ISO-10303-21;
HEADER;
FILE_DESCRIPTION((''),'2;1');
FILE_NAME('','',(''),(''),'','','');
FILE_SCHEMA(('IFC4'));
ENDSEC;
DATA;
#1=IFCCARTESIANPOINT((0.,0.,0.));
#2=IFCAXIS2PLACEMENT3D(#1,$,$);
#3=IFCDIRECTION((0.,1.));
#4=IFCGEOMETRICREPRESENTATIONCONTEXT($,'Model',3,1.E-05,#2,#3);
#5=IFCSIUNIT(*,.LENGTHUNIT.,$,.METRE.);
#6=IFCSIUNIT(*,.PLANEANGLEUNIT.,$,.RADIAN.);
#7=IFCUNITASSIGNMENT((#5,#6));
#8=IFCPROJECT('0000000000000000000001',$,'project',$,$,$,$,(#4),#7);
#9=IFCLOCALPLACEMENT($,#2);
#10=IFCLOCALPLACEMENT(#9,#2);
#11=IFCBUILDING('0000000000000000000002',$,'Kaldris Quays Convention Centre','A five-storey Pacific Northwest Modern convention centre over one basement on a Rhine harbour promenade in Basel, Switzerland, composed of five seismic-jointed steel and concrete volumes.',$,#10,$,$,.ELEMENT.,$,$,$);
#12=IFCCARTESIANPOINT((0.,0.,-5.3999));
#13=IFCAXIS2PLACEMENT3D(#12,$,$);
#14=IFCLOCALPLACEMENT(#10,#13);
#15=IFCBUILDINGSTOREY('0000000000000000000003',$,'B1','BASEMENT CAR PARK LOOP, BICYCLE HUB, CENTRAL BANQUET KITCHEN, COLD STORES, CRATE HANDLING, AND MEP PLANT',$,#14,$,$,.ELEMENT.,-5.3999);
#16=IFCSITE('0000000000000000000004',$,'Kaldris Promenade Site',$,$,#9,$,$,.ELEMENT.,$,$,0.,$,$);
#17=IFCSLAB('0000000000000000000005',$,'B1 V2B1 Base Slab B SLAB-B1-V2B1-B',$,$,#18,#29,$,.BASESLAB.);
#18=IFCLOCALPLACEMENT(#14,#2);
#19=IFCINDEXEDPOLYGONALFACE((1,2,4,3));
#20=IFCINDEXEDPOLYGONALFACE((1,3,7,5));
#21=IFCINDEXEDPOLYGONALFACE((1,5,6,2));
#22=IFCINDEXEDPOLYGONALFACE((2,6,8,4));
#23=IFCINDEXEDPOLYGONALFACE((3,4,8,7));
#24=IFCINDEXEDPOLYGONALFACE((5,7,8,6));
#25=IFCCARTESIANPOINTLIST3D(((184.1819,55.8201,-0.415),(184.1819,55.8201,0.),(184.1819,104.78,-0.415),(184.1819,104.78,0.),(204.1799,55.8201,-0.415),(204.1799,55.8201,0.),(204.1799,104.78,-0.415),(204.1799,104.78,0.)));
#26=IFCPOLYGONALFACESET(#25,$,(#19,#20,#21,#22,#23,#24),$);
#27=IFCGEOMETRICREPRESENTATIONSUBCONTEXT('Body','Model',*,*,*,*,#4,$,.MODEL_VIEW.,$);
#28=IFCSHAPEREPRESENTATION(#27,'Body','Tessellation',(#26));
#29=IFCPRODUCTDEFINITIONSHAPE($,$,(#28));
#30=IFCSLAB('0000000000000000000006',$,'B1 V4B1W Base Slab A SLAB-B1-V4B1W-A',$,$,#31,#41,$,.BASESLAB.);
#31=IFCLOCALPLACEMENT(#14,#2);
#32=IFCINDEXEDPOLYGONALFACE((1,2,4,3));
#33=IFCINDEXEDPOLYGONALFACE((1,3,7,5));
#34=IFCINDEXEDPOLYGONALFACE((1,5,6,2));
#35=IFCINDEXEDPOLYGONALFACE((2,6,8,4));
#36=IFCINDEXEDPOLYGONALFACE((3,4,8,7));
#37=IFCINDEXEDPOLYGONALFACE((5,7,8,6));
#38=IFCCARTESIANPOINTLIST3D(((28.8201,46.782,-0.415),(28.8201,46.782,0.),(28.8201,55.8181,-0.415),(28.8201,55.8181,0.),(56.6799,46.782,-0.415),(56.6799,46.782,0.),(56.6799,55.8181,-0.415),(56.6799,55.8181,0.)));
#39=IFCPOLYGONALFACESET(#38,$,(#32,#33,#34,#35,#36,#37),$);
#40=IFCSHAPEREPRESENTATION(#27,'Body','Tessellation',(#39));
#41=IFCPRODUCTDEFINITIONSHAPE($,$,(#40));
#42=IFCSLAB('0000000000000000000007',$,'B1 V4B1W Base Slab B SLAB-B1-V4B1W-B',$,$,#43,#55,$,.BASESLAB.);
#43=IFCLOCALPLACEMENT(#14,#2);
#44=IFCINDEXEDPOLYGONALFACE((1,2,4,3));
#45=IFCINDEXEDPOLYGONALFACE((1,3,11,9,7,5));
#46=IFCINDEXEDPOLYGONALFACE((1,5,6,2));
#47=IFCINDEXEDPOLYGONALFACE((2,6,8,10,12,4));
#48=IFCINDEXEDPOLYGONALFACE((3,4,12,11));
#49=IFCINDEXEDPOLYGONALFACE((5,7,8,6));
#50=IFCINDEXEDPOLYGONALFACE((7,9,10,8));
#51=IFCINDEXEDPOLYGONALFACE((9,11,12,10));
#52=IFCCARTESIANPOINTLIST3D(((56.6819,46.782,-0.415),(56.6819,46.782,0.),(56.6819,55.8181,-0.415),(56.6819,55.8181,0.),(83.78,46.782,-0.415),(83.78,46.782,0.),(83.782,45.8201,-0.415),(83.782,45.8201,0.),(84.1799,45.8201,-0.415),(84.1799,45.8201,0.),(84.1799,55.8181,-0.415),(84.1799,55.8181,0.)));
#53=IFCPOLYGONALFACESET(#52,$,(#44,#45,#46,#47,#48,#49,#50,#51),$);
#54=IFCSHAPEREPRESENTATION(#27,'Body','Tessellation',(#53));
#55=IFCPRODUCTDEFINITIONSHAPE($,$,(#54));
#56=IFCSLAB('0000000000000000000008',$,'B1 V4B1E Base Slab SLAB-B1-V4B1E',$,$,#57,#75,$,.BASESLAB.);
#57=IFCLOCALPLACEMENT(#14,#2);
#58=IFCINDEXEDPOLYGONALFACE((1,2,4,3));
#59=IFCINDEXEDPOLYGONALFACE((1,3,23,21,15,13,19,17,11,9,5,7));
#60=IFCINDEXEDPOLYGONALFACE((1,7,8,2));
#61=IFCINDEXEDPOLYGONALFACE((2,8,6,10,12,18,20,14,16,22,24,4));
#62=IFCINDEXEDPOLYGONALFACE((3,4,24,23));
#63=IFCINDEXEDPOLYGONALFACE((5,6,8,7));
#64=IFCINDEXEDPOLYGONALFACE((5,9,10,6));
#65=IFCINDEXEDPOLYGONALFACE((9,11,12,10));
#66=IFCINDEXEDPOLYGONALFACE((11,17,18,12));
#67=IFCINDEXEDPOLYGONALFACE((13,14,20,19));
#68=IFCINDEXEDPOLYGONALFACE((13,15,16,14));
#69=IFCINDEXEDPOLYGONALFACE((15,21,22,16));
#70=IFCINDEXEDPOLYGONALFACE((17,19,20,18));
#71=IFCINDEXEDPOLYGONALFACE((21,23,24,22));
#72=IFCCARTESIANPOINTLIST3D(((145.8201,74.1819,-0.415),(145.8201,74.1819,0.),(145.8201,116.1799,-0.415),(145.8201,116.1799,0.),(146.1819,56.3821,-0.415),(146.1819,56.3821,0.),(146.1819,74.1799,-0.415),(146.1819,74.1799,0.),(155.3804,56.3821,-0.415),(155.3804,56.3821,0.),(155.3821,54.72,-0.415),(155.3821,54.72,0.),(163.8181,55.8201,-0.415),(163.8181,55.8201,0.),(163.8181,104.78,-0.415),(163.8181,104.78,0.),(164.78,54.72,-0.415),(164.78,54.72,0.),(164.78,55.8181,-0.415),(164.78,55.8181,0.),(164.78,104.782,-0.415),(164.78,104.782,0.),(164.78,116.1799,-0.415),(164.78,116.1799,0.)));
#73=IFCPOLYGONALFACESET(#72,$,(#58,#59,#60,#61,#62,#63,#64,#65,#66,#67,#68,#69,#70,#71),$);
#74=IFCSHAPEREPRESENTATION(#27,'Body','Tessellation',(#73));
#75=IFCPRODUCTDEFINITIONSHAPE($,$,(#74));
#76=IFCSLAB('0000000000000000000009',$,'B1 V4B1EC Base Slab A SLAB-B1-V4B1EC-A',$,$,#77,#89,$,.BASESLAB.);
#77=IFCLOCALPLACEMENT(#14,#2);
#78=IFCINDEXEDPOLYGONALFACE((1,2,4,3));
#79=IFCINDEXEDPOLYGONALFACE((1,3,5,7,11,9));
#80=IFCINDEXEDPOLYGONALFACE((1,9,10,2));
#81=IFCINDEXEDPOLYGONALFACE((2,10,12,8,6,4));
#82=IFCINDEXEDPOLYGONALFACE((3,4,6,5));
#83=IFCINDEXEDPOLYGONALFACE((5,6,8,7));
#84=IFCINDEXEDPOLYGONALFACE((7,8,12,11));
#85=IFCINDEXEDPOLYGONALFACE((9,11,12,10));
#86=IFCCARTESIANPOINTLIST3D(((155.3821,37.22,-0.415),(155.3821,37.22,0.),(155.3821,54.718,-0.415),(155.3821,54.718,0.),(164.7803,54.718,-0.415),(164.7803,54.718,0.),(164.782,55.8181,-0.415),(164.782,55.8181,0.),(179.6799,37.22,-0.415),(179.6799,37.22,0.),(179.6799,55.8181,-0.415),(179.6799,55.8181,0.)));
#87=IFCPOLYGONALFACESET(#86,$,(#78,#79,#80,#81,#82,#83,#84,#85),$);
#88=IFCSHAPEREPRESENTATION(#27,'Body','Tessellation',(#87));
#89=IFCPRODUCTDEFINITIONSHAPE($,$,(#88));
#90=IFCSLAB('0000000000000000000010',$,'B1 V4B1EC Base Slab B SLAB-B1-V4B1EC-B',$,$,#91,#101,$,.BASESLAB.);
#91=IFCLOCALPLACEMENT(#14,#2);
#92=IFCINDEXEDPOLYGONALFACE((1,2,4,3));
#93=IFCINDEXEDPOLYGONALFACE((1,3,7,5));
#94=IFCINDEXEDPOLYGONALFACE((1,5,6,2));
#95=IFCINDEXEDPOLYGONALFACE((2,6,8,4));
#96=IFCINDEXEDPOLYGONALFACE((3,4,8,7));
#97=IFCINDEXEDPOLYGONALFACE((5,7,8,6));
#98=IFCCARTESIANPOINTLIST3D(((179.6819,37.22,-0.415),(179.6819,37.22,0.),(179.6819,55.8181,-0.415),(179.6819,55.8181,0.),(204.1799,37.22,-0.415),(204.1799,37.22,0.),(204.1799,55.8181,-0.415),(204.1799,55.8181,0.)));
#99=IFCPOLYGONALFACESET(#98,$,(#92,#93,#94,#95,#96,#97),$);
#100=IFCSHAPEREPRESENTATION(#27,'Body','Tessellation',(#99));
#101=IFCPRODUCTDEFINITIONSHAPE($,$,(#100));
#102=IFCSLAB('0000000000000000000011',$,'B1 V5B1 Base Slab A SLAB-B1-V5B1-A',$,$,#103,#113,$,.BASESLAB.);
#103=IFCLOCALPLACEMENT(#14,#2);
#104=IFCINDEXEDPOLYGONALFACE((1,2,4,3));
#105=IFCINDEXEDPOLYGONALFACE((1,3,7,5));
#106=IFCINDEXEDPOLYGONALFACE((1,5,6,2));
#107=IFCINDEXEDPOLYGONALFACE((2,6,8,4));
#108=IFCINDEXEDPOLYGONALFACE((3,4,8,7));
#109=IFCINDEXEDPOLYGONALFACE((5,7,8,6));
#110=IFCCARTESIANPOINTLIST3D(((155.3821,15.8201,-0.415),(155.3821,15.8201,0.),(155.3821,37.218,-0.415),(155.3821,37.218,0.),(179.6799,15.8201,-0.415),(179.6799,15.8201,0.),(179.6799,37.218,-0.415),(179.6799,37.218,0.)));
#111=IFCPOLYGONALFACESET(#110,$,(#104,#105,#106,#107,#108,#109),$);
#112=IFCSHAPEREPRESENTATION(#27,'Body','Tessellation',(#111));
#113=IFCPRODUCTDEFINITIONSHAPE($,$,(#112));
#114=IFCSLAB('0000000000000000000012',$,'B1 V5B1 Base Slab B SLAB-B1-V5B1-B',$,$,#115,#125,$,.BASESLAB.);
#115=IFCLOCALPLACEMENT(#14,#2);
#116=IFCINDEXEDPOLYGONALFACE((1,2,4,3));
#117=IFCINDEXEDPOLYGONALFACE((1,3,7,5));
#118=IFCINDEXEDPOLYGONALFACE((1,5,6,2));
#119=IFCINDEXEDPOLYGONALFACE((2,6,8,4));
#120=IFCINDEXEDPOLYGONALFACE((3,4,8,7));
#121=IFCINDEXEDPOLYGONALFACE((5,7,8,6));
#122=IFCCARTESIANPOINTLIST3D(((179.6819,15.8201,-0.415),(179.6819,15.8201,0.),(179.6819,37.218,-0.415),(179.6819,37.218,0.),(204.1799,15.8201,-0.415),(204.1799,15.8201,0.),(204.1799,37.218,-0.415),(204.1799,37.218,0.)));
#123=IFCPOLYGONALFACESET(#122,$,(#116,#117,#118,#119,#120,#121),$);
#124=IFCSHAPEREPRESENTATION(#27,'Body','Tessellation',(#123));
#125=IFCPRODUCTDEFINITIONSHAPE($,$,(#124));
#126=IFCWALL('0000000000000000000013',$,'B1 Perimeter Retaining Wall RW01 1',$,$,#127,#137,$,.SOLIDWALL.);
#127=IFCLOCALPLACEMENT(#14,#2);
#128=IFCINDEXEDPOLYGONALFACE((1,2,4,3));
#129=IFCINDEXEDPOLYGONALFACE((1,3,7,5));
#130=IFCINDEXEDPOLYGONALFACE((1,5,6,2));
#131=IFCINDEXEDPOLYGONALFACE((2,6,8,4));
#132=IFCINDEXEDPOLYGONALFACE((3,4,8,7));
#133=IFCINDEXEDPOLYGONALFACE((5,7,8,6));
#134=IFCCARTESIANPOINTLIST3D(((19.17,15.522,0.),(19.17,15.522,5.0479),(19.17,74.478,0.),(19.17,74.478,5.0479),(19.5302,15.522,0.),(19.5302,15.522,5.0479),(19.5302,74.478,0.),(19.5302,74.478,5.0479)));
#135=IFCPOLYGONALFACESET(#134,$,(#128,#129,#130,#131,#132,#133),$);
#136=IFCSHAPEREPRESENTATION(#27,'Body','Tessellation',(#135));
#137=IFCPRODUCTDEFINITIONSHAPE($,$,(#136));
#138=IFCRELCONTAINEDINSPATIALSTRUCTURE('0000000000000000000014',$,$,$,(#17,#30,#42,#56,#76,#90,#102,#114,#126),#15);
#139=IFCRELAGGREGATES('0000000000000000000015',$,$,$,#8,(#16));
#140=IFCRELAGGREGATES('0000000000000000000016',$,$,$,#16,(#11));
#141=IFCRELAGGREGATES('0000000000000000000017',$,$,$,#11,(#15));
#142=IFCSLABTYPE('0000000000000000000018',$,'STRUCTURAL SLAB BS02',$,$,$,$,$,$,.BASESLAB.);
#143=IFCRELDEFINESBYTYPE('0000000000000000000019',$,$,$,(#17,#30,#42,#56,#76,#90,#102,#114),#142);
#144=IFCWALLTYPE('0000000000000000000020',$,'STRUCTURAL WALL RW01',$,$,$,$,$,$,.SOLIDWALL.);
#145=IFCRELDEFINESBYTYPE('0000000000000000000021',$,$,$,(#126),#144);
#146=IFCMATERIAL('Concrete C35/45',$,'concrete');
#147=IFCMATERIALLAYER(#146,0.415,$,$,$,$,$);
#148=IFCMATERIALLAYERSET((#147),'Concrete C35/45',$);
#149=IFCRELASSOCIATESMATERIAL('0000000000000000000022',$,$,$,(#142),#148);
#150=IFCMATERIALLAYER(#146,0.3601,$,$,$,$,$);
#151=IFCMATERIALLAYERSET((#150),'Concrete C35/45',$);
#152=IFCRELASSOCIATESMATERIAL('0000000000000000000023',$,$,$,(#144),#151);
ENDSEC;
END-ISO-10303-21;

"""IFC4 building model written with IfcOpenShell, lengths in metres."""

from ifc_helpers import new_model, si_unit, direction, frame, frame_2d, origin, place, context, subcontext, project, spatial, polyline, rectangle, outline, extrude, material, layer, layer_set, type_object, element, save


model = new_model("IFC4")

# Units and contexts
model_context = context("Model", 3, precision=1e-05, world=origin(), true_north=direction((0.0, 1.0)))
body_context = subcontext(model_context, "Body", "Model", "MODEL_VIEW")
ifc_project = project(units=[si_unit("LENGTHUNIT", "METRE"), si_unit("PLANEANGLEUNIT", "RADIAN")], contexts=[model_context])

# Site, building, storey
site_placement = place(None, origin())
site = spatial("IfcSite", under=ifc_project, at=site_placement, Name="Kaldris Promenade Site", CompositionType="ELEMENT", RefElevation=0.0)
building_placement = place(site_placement, origin())
building = spatial("IfcBuilding", under=site, at=building_placement, Name="Kaldris Quays Convention Centre", Description="A five-storey Pacific Northwest Modern convention centre over one basement on a Rhine harbour promenade in Basel, Switzerland, composed of five seismic-jointed steel and concrete volumes.", CompositionType="ELEMENT")
storey_placement = place(building_placement, frame((0.0, 0.0, -5.3999)))
storey = spatial("IfcBuildingStorey", under=building, at=storey_placement, Name="B1", Description="BASEMENT CAR PARK LOOP, BICYCLE HUB, CENTRAL BANQUET KITCHEN, COLD STORES, CRATE HANDLING, AND MEP PLANT", CompositionType="ELEMENT", Elevation=-5.3999)

# Shared definitions
ifc_material = material(Name="Concrete C35/45", Category="concrete")

# Slabs
ifc_layer_1 = layer(ifc_material, 0.415)
ifc_layer_set_1 = layer_set([ifc_layer_1], Name="Concrete C35/45")
slab_type_1 = type_object("IfcSlabType", Name="STRUCTURAL SLAB BS02", PredefinedType="BASESLAB", material=ifc_layer_set_1)
slab_1_placement = place(storey_placement, frame((0.0, 0.0, -0.415)))
element("IfcSlab", 1, at=slab_1_placement, inside=storey, type_object=slab_type_1, Name="B1 V2B1 Base Slab B SLAB-B1-V2B1-B", PredefinedType="BASESLAB", context=body_context, shape_type="SweptSolid", body=[
    extrude(outline(polyline([(204.1799, 104.78), (204.1799, 55.8201), (184.1819, 55.8201), (184.1819, 104.78), (204.1799, 104.78)])), origin(), (0.0, 0.0, 1.0), 0.415),
])
slab_2_placement = place(storey_placement, frame((0.0, 0.0, -0.415)))
element("IfcSlab", 2, at=slab_2_placement, inside=storey, type_object=slab_type_1, Name="B1 V4B1W Base Slab A SLAB-B1-V4B1W-A", PredefinedType="BASESLAB", context=body_context, shape_type="SweptSolid", body=[
    extrude(outline(polyline([(56.6799, 46.782), (28.8201, 46.782), (28.8201, 55.8181), (56.6799, 55.8181), (56.6799, 46.782)])), origin(), (0.0, 0.0, 1.0), 0.415),
])
slab_3_placement = place(storey_placement, frame((0.0, 0.0, -0.415)))
element("IfcSlab", 3, at=slab_3_placement, inside=storey, type_object=slab_type_1, Name="B1 V4B1W Base Slab B SLAB-B1-V4B1W-B", PredefinedType="BASESLAB", context=body_context, shape_type="SweptSolid", body=[
    extrude(outline(polyline([(84.1799, 45.8201), (83.782, 45.8201), (83.78, 46.782), (56.6819, 46.782), (56.6819, 55.8181), (84.1799, 55.8181), (84.1799, 45.8201)])), origin(), (0.0, 0.0, 1.0), 0.415),
])
slab_4_placement = place(storey_placement, frame((0.0, 0.0, -0.415)))
element("IfcSlab", 4, at=slab_4_placement, inside=storey, type_object=slab_type_1, Name="B1 V4B1E Base Slab SLAB-B1-V4B1E", PredefinedType="BASESLAB", context=body_context, shape_type="SweptSolid", body=[
    extrude(outline(polyline([(164.78, 54.72), (155.3821, 54.72), (155.3804, 56.3821), (146.1819, 56.3821), (146.1819, 74.1799), (145.8201, 74.1819), (145.8201, 116.1799), (164.78, 116.1799), (164.78, 104.782), (163.8181, 104.78), (163.8181, 55.8201), (164.78, 55.8181), (164.78, 54.72)])), origin(), (0.0, 0.0, 1.0), 0.415),
])
slab_5_placement = place(storey_placement, frame((0.0, 0.0, -0.415)))
element("IfcSlab", 5, at=slab_5_placement, inside=storey, type_object=slab_type_1, Name="B1 V4B1EC Base Slab A SLAB-B1-V4B1EC-A", PredefinedType="BASESLAB", context=body_context, shape_type="SweptSolid", body=[
    extrude(outline(polyline([(179.6799, 37.22), (155.3821, 37.22), (155.3821, 54.718), (164.7803, 54.718), (164.782, 55.8181), (179.6799, 55.8181), (179.6799, 37.22)])), origin(), (0.0, 0.0, 1.0), 0.415),
])
slab_6_placement = place(storey_placement, frame((0.0, 0.0, -0.415)))
element("IfcSlab", 6, at=slab_6_placement, inside=storey, type_object=slab_type_1, Name="B1 V4B1EC Base Slab B SLAB-B1-V4B1EC-B", PredefinedType="BASESLAB", context=body_context, shape_type="SweptSolid", body=[
    extrude(outline(polyline([(204.1799, 37.22), (179.6819, 37.22), (179.6819, 55.8181), (204.1799, 55.8181), (204.1799, 37.22)])), origin(), (0.0, 0.0, 1.0), 0.415),
])
slab_7_placement = place(storey_placement, frame((0.0, 0.0, -0.415)))
element("IfcSlab", 7, at=slab_7_placement, inside=storey, type_object=slab_type_1, Name="B1 V5B1 Base Slab A SLAB-B1-V5B1-A", PredefinedType="BASESLAB", context=body_context, shape_type="SweptSolid", body=[
    extrude(outline(polyline([(179.6799, 15.8201), (155.3821, 15.8201), (155.3821, 37.218), (179.6799, 37.218), (179.6799, 15.8201)])), origin(), (0.0, 0.0, 1.0), 0.415),
])
slab_8_placement = place(storey_placement, frame((0.0, 0.0, -0.415)))
element("IfcSlab", 8, at=slab_8_placement, inside=storey, type_object=slab_type_1, Name="B1 V5B1 Base Slab B SLAB-B1-V5B1-B", PredefinedType="BASESLAB", context=body_context, shape_type="SweptSolid", body=[
    extrude(outline(polyline([(204.1799, 15.8201), (179.6819, 15.8201), (179.6819, 37.218), (204.1799, 37.218), (204.1799, 15.8201)])), origin(), (0.0, 0.0, 1.0), 0.415),
])

# Wall
ifc_layer_2 = layer(ifc_material, 0.3601)
ifc_layer_set_2 = layer_set([ifc_layer_2], Name="Concrete C35/45")
wall_type = type_object("IfcWallType", Name="STRUCTURAL WALL RW01", PredefinedType="SOLIDWALL", material=ifc_layer_set_2)
wall_placement = place(storey_placement, frame((19.3501, 15.522, 0.0), z_axis=(0.0, 0.0, 1.0), x_axis=(0.0, 1.0, 0.0)))
element("IfcWall", 9, at=wall_placement, inside=storey, type_object=wall_type, Name="B1 Perimeter Retaining Wall RW01 1", PredefinedType="SOLIDWALL", context=body_context, shape_type="SweptSolid", body=[
    extrude(rectangle(XDim=58.9561, YDim=0.3601, at=frame_2d((29.478, 0.0))), origin(), (0.0, 0.0, 1.0), 5.0479),
])

save(model, "model.ifc")
